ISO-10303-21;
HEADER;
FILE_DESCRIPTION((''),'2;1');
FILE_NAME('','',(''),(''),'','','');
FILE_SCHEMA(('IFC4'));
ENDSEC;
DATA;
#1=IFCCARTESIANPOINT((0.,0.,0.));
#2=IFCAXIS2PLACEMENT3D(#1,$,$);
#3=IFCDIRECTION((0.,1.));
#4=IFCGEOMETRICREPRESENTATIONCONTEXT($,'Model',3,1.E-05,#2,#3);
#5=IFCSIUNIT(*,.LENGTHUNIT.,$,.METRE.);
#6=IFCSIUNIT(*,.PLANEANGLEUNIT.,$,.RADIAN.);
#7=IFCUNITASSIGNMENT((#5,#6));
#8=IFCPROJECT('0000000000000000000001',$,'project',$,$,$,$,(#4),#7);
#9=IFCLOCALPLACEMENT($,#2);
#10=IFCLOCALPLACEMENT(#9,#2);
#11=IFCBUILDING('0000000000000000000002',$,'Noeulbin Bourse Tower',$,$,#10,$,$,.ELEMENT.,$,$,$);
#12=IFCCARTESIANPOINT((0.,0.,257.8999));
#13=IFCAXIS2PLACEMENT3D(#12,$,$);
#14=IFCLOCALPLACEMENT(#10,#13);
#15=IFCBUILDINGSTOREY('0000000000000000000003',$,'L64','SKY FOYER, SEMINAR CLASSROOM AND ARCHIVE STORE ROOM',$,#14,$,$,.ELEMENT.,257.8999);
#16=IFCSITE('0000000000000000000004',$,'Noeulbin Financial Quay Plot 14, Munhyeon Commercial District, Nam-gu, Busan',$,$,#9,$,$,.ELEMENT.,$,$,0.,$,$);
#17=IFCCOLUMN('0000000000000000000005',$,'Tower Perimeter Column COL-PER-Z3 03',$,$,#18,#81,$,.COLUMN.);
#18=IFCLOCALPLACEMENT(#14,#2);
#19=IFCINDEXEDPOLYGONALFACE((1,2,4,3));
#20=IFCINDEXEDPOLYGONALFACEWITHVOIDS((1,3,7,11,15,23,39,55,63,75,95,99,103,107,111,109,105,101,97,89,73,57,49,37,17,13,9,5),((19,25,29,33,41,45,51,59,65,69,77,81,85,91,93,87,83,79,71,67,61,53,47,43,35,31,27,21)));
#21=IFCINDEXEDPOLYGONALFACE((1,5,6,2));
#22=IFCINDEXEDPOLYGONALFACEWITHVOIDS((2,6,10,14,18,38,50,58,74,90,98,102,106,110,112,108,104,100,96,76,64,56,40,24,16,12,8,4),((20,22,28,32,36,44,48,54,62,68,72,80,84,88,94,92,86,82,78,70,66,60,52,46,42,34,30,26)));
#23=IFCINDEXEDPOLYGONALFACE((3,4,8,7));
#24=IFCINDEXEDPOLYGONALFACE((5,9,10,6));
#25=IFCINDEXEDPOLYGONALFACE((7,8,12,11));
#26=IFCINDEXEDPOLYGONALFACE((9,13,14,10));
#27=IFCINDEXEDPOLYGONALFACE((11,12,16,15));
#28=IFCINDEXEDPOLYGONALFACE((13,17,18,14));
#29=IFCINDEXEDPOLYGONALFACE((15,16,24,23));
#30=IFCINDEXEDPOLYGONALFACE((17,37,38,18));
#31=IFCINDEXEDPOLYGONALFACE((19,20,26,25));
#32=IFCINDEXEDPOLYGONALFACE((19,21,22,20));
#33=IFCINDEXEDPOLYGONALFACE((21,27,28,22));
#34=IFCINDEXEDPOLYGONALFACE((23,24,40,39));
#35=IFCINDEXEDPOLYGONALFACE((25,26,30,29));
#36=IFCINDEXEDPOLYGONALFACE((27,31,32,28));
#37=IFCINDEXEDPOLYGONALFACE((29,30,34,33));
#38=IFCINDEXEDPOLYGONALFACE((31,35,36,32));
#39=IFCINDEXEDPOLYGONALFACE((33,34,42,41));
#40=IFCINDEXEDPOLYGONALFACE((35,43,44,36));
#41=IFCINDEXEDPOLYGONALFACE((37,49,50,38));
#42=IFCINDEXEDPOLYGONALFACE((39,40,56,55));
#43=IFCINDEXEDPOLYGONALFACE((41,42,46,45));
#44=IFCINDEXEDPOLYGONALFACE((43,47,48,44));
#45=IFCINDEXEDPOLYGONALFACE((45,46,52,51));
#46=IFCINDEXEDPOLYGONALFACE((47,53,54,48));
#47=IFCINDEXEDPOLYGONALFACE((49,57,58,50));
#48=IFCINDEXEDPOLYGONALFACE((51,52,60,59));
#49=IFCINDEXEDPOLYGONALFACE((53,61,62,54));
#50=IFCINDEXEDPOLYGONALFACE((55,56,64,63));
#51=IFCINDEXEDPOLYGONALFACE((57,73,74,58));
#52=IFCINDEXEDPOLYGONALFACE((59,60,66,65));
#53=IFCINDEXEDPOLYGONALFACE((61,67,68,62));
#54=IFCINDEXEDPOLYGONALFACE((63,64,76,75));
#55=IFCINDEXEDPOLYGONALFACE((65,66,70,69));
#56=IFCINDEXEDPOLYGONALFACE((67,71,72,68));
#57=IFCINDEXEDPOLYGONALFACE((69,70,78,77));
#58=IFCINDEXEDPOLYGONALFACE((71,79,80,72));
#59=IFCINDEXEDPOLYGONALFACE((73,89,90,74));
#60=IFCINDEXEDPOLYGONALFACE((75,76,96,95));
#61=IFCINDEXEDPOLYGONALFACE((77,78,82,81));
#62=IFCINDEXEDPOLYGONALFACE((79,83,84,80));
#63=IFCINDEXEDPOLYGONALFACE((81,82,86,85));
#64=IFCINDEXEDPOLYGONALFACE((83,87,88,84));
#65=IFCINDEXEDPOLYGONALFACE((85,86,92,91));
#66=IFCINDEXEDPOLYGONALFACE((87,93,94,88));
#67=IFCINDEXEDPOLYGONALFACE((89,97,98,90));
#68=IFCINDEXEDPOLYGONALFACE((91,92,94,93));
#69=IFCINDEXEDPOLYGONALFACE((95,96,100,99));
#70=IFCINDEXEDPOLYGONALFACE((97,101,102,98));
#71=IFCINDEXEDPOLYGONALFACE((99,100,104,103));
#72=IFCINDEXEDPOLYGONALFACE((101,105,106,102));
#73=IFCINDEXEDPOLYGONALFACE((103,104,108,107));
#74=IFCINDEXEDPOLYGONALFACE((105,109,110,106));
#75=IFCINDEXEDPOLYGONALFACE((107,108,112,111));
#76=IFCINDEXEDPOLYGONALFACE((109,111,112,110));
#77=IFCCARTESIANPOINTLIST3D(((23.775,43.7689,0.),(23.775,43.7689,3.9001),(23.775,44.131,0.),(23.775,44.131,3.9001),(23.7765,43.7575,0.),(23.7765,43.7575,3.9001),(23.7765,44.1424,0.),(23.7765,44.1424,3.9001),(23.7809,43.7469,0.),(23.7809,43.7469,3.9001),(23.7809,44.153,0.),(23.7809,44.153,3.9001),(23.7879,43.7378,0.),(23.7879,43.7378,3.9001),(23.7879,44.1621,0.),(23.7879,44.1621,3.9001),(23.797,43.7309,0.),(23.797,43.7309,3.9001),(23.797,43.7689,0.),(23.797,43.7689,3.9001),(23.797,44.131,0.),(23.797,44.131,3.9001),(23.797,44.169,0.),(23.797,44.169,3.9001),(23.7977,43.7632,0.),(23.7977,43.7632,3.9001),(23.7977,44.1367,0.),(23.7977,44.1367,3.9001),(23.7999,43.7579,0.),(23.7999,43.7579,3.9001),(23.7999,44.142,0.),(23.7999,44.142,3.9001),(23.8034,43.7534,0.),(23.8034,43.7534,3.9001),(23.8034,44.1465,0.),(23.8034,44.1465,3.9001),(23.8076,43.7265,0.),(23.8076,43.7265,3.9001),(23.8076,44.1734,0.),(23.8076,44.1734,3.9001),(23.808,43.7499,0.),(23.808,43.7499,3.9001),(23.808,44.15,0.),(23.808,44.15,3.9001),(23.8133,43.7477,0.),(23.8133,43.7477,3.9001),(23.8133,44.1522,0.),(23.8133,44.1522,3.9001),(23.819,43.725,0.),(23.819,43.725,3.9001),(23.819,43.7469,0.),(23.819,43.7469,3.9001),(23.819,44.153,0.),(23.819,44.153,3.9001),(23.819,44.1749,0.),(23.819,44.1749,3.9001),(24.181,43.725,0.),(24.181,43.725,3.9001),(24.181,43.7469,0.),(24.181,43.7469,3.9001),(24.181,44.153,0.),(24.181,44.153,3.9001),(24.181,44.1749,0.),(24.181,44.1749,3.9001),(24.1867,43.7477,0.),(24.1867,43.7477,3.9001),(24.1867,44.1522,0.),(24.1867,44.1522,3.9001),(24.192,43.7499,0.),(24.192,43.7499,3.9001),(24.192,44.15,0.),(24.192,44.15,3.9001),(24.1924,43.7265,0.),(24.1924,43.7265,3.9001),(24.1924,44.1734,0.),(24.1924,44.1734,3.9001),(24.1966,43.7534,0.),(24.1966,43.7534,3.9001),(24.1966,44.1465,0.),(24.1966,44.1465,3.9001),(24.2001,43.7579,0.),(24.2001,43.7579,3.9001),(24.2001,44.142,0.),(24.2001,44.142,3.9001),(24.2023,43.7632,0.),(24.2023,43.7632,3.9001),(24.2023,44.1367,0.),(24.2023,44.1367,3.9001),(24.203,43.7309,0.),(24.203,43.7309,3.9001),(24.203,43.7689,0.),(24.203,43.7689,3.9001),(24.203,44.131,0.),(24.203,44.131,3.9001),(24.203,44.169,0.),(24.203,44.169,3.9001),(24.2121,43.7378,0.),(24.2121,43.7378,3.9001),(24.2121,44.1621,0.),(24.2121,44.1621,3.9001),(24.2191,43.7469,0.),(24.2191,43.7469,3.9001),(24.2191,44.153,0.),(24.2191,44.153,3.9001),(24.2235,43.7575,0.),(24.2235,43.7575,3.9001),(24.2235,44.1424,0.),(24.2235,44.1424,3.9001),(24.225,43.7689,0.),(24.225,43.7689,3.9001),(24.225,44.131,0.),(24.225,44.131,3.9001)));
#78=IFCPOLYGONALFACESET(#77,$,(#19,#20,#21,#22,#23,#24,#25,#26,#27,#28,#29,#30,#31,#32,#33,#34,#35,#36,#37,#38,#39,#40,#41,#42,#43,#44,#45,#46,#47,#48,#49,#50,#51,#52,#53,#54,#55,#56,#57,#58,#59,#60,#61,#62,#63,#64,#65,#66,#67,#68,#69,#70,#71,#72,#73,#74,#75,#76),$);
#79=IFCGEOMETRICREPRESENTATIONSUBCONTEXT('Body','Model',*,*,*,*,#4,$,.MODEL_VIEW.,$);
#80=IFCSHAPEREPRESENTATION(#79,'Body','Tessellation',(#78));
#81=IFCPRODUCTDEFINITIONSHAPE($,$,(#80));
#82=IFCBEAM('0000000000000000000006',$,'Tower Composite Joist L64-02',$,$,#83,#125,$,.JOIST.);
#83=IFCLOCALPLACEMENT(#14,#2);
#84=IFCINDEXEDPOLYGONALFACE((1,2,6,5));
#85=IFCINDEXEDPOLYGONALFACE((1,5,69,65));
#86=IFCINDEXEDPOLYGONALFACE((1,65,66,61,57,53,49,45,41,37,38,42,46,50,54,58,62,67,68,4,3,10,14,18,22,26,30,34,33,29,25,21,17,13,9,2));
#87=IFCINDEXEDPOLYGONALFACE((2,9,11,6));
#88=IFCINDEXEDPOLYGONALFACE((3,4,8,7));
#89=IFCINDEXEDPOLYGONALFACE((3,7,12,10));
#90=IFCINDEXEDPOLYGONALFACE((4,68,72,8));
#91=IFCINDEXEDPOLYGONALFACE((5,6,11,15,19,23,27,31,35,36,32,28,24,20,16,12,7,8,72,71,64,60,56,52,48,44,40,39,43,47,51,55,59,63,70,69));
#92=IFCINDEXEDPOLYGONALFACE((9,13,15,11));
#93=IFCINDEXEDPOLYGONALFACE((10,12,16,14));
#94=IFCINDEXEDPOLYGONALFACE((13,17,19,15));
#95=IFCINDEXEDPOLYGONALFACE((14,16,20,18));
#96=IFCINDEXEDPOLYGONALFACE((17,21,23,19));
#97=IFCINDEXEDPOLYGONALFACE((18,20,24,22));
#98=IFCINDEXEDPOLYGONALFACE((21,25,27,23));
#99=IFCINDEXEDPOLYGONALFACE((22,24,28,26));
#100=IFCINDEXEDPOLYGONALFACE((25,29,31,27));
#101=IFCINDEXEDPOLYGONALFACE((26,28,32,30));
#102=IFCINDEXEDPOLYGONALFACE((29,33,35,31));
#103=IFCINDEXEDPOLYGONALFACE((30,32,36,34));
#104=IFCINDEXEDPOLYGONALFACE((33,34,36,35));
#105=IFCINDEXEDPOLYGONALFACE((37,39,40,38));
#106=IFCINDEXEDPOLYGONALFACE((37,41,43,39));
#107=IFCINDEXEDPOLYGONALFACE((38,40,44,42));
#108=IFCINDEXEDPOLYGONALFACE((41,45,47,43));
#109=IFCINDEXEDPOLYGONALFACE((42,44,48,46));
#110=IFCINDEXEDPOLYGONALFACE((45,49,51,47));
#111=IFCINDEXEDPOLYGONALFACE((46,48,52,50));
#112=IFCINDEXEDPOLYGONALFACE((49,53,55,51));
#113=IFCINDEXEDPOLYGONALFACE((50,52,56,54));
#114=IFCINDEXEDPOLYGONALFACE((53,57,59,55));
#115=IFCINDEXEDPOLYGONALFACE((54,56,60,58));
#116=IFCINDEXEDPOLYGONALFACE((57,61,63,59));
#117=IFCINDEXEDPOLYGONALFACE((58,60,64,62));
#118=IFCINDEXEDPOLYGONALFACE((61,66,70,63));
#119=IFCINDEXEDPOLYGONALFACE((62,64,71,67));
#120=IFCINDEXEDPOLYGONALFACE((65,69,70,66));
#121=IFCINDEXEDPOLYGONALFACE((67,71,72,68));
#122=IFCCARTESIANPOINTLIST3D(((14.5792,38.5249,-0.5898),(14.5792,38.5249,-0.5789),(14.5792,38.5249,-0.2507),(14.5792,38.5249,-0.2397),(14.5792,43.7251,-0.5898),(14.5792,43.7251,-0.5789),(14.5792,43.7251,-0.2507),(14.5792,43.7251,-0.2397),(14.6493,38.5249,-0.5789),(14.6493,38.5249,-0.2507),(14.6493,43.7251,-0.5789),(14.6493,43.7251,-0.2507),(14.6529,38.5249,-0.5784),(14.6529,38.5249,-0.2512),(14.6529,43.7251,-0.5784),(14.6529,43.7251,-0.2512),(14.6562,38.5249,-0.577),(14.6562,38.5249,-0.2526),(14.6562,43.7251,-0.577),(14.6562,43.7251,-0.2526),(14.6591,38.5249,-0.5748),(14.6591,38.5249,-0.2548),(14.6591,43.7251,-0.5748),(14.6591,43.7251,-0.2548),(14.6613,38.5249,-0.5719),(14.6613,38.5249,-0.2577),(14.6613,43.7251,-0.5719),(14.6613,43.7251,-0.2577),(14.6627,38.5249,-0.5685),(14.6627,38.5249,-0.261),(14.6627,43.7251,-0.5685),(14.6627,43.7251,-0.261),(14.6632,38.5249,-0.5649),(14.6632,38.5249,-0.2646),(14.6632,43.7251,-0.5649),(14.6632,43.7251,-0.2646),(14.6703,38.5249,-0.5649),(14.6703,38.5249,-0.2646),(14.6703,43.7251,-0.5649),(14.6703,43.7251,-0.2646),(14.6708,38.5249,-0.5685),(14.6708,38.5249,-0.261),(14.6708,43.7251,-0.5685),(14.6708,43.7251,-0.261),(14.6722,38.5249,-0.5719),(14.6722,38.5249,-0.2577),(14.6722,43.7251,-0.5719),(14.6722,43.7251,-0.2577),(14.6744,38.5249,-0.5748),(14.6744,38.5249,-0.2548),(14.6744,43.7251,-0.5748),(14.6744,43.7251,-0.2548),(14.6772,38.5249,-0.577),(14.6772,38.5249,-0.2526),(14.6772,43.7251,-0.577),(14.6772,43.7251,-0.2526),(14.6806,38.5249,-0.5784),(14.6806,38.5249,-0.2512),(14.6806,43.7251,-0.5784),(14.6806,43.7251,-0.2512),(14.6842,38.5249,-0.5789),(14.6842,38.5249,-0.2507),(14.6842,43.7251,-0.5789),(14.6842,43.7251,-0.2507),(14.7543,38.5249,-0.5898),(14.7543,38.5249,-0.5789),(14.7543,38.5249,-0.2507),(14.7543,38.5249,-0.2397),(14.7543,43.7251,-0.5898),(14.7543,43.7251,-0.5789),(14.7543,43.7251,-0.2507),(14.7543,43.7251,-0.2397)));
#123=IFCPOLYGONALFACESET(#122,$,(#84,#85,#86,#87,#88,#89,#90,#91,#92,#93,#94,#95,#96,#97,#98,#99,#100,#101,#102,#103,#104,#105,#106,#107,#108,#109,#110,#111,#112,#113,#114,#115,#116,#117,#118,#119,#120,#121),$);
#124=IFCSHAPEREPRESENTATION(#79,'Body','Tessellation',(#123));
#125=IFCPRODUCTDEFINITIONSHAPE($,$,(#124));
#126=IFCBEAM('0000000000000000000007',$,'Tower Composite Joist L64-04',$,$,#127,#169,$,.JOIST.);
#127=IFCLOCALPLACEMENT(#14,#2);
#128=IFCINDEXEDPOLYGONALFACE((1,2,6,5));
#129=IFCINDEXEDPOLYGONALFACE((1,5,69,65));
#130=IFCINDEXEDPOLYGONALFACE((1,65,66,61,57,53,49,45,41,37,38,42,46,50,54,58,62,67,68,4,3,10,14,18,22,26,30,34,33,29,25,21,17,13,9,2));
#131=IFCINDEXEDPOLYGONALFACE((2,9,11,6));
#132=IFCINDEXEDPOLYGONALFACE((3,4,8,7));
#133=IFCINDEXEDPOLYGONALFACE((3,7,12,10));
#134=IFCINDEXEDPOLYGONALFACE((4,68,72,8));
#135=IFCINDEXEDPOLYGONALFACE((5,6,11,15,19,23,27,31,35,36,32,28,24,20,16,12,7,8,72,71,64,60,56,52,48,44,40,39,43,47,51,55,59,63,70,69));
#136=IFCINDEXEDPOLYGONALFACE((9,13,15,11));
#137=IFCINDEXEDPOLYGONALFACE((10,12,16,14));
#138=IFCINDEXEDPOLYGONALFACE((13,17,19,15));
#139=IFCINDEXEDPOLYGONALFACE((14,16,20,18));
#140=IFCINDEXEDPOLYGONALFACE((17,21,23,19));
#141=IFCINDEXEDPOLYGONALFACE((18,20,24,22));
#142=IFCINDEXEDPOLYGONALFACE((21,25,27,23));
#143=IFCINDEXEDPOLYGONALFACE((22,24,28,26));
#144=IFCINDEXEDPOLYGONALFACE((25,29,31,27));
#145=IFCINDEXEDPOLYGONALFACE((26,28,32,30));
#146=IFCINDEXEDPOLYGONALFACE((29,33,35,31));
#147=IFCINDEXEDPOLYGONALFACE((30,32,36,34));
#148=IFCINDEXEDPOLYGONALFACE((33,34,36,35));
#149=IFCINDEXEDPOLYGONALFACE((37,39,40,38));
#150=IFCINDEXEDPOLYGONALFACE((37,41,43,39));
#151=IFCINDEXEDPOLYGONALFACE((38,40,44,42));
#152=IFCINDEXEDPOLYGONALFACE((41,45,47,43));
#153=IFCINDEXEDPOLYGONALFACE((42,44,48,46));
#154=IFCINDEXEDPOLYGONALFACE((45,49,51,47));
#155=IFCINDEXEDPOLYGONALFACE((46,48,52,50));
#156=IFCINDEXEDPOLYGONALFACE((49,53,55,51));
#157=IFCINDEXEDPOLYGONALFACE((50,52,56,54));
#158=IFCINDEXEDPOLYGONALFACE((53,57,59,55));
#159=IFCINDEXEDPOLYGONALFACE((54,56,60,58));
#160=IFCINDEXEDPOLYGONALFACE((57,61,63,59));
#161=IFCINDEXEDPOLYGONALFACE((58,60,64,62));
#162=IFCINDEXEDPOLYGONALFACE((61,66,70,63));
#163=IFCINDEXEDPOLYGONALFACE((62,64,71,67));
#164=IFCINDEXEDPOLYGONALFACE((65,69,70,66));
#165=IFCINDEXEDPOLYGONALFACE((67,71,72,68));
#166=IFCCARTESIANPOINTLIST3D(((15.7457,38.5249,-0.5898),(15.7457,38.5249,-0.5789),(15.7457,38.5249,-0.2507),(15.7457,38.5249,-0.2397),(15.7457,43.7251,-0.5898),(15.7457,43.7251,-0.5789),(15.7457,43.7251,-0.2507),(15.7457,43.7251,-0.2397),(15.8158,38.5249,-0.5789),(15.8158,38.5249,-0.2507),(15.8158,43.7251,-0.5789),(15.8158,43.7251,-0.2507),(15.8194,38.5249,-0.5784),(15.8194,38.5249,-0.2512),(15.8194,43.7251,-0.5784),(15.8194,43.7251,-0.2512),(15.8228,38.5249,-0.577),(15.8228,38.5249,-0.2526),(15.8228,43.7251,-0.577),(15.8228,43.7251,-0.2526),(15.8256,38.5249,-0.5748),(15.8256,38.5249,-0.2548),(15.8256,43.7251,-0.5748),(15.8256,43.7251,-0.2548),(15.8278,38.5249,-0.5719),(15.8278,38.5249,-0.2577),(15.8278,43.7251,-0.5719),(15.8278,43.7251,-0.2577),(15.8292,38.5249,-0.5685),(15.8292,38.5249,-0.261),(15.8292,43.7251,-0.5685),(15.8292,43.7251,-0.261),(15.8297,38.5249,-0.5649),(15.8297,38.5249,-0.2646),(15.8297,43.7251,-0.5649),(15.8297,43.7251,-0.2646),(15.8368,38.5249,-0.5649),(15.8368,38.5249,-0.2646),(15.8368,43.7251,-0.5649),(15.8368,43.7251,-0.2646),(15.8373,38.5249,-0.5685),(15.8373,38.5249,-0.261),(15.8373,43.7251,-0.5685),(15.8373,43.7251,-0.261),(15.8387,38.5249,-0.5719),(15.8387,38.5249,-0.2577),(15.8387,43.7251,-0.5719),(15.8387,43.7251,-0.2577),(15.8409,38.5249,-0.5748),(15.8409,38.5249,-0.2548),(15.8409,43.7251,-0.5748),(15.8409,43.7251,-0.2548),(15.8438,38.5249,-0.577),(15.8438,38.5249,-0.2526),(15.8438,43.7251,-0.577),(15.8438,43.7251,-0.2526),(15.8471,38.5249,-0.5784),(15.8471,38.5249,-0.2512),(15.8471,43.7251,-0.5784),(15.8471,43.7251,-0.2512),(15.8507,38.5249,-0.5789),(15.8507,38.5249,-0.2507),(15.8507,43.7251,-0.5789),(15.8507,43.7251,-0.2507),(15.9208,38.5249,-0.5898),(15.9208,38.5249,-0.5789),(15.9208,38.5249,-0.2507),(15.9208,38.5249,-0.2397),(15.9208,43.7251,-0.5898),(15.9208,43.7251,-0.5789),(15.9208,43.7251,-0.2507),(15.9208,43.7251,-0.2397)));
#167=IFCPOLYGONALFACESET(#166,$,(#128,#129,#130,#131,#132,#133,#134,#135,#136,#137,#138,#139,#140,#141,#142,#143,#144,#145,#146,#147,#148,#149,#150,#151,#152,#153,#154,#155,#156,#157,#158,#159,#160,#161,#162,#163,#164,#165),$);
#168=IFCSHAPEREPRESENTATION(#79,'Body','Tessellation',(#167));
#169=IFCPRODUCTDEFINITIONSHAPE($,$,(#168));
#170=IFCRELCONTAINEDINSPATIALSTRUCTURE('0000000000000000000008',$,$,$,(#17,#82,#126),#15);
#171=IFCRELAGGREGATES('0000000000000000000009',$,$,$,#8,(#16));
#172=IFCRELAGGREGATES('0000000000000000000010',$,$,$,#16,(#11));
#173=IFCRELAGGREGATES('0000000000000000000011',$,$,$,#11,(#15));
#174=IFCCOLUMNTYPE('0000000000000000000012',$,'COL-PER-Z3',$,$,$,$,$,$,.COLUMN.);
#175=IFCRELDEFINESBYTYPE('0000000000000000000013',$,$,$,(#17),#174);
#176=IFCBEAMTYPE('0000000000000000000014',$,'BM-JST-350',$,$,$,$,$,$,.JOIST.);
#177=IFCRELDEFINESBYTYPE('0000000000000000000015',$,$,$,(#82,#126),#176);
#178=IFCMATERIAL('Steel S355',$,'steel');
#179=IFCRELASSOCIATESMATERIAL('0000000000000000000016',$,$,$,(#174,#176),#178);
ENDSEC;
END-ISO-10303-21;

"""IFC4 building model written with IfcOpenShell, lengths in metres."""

from ifc_helpers import new_model, si_unit, direction, frame, origin, origin_2d, place, context, subcontext, project, spatial, hollow_rectangle, i_section, extrude, material, material_profile, profile_set, type_object, element, save


model = new_model("IFC4")

# Units and contexts
model_context = context("Model", 3, precision=1e-05, world=origin(), true_north=direction((0.0, 1.0)))
body_context = subcontext(model_context, "Body", "Model", "MODEL_VIEW")
ifc_project = project(units=[si_unit("LENGTHUNIT", "METRE"), si_unit("PLANEANGLEUNIT", "RADIAN")], contexts=[model_context])

# Site, building, storey
site_placement = place(None, origin())
site = spatial("IfcSite", under=ifc_project, at=site_placement, Name="Noeulbin Financial Quay Plot 14, Munhyeon Commercial District, Nam-gu, Busan", CompositionType="ELEMENT", RefElevation=0.0)
building_placement = place(site_placement, origin())
building = spatial("IfcBuilding", under=site, at=building_placement, Name="Noeulbin Bourse Tower", CompositionType="ELEMENT")
storey_placement = place(building_placement, frame((0.0, 0.0, 257.8999)))
storey = spatial("IfcBuildingStorey", under=building, at=storey_placement, Name="L64", Description="SKY FOYER, SEMINAR CLASSROOM AND ARCHIVE STORE ROOM", CompositionType="ELEMENT", Elevation=257.8999)

# Column
ifc_material_1 = material(Name="Steel S355", Category="steel")
ifc_material_profile_1 = material_profile(ifc_material_1, hollow_rectangle(XDim=0.45, YDim=0.45, WallThickness=0.022, InnerFilletRadius=0.022, OuterFilletRadius=0.0439, at=origin_2d()), Name="SHS-450x450x22", Category="LoadBearing")
ifc_profile_set_1 = profile_set([ifc_material_profile_1], Name="Steel S355")
column_type = type_object("IfcColumnType", Name="COL-PER-Z3", PredefinedType="COLUMN", material=ifc_profile_set_1)
column_placement = place(storey_placement, frame((24.0, 43.95, 0.0), z_axis=(0.0, 0.0, 1.0), x_axis=(1.0, 0.0, 0.0)))
element("IfcColumn", 1, at=column_placement, inside=storey, type_object=column_type, Name="Tower Perimeter Column COL-PER-Z3 03", PredefinedType="COLUMN", context=body_context, shape_type="SweptSolid", body=[
    extrude(hollow_rectangle(XDim=0.45, YDim=0.45, WallThickness=0.022, InnerFilletRadius=0.022, OuterFilletRadius=0.0439, at=origin_2d()), origin(), (0.0, 0.0, 1.0), 3.9001),
])

# Beams
ifc_material_profile_2 = material_profile(ifc_material_1, i_section(OverallWidth=0.175, OverallDepth=0.3501, WebThickness=0.0071, FlangeThickness=0.011, FilletRadius=0.0139, at=origin_2d()), Name="H-350x175x7x11", Category="LoadBearing")
ifc_profile_set_2 = profile_set([ifc_material_profile_2], Name="Steel S355")
beam_type_1 = type_object("IfcBeamType", Name="BM-JST-350", PredefinedType="JOIST", material=ifc_profile_set_2)
for number, where, z_axis, x_axis, name in (
    (2, (14.6667, 38.5249, -0.4148), (0.0, 1.0, 0.0), (-1.0, 0.0, 0.0), "Tower Composite Joist L64-02"),
    (3, (15.8333, 38.5249, -0.4148), (0.0, 1.0, 0.0), (-1.0, 0.0, 0.0), "Tower Composite Joist L64-04"),
):
    element("IfcBeam", number, at=place(storey_placement, frame(where, z_axis=z_axis, x_axis=x_axis)), inside=storey, type_object=beam_type_1, Name=name, PredefinedType="JOIST", context=body_context, shape_type="SweptSolid", body=[
        extrude(i_section(OverallWidth=0.175, OverallDepth=0.3501, WebThickness=0.0071, FlangeThickness=0.011, FilletRadius=0.0139, at=origin_2d()), origin(), (0.0, 0.0, 1.0), 5.2002),
    ])

save(model, "model.ifc")
